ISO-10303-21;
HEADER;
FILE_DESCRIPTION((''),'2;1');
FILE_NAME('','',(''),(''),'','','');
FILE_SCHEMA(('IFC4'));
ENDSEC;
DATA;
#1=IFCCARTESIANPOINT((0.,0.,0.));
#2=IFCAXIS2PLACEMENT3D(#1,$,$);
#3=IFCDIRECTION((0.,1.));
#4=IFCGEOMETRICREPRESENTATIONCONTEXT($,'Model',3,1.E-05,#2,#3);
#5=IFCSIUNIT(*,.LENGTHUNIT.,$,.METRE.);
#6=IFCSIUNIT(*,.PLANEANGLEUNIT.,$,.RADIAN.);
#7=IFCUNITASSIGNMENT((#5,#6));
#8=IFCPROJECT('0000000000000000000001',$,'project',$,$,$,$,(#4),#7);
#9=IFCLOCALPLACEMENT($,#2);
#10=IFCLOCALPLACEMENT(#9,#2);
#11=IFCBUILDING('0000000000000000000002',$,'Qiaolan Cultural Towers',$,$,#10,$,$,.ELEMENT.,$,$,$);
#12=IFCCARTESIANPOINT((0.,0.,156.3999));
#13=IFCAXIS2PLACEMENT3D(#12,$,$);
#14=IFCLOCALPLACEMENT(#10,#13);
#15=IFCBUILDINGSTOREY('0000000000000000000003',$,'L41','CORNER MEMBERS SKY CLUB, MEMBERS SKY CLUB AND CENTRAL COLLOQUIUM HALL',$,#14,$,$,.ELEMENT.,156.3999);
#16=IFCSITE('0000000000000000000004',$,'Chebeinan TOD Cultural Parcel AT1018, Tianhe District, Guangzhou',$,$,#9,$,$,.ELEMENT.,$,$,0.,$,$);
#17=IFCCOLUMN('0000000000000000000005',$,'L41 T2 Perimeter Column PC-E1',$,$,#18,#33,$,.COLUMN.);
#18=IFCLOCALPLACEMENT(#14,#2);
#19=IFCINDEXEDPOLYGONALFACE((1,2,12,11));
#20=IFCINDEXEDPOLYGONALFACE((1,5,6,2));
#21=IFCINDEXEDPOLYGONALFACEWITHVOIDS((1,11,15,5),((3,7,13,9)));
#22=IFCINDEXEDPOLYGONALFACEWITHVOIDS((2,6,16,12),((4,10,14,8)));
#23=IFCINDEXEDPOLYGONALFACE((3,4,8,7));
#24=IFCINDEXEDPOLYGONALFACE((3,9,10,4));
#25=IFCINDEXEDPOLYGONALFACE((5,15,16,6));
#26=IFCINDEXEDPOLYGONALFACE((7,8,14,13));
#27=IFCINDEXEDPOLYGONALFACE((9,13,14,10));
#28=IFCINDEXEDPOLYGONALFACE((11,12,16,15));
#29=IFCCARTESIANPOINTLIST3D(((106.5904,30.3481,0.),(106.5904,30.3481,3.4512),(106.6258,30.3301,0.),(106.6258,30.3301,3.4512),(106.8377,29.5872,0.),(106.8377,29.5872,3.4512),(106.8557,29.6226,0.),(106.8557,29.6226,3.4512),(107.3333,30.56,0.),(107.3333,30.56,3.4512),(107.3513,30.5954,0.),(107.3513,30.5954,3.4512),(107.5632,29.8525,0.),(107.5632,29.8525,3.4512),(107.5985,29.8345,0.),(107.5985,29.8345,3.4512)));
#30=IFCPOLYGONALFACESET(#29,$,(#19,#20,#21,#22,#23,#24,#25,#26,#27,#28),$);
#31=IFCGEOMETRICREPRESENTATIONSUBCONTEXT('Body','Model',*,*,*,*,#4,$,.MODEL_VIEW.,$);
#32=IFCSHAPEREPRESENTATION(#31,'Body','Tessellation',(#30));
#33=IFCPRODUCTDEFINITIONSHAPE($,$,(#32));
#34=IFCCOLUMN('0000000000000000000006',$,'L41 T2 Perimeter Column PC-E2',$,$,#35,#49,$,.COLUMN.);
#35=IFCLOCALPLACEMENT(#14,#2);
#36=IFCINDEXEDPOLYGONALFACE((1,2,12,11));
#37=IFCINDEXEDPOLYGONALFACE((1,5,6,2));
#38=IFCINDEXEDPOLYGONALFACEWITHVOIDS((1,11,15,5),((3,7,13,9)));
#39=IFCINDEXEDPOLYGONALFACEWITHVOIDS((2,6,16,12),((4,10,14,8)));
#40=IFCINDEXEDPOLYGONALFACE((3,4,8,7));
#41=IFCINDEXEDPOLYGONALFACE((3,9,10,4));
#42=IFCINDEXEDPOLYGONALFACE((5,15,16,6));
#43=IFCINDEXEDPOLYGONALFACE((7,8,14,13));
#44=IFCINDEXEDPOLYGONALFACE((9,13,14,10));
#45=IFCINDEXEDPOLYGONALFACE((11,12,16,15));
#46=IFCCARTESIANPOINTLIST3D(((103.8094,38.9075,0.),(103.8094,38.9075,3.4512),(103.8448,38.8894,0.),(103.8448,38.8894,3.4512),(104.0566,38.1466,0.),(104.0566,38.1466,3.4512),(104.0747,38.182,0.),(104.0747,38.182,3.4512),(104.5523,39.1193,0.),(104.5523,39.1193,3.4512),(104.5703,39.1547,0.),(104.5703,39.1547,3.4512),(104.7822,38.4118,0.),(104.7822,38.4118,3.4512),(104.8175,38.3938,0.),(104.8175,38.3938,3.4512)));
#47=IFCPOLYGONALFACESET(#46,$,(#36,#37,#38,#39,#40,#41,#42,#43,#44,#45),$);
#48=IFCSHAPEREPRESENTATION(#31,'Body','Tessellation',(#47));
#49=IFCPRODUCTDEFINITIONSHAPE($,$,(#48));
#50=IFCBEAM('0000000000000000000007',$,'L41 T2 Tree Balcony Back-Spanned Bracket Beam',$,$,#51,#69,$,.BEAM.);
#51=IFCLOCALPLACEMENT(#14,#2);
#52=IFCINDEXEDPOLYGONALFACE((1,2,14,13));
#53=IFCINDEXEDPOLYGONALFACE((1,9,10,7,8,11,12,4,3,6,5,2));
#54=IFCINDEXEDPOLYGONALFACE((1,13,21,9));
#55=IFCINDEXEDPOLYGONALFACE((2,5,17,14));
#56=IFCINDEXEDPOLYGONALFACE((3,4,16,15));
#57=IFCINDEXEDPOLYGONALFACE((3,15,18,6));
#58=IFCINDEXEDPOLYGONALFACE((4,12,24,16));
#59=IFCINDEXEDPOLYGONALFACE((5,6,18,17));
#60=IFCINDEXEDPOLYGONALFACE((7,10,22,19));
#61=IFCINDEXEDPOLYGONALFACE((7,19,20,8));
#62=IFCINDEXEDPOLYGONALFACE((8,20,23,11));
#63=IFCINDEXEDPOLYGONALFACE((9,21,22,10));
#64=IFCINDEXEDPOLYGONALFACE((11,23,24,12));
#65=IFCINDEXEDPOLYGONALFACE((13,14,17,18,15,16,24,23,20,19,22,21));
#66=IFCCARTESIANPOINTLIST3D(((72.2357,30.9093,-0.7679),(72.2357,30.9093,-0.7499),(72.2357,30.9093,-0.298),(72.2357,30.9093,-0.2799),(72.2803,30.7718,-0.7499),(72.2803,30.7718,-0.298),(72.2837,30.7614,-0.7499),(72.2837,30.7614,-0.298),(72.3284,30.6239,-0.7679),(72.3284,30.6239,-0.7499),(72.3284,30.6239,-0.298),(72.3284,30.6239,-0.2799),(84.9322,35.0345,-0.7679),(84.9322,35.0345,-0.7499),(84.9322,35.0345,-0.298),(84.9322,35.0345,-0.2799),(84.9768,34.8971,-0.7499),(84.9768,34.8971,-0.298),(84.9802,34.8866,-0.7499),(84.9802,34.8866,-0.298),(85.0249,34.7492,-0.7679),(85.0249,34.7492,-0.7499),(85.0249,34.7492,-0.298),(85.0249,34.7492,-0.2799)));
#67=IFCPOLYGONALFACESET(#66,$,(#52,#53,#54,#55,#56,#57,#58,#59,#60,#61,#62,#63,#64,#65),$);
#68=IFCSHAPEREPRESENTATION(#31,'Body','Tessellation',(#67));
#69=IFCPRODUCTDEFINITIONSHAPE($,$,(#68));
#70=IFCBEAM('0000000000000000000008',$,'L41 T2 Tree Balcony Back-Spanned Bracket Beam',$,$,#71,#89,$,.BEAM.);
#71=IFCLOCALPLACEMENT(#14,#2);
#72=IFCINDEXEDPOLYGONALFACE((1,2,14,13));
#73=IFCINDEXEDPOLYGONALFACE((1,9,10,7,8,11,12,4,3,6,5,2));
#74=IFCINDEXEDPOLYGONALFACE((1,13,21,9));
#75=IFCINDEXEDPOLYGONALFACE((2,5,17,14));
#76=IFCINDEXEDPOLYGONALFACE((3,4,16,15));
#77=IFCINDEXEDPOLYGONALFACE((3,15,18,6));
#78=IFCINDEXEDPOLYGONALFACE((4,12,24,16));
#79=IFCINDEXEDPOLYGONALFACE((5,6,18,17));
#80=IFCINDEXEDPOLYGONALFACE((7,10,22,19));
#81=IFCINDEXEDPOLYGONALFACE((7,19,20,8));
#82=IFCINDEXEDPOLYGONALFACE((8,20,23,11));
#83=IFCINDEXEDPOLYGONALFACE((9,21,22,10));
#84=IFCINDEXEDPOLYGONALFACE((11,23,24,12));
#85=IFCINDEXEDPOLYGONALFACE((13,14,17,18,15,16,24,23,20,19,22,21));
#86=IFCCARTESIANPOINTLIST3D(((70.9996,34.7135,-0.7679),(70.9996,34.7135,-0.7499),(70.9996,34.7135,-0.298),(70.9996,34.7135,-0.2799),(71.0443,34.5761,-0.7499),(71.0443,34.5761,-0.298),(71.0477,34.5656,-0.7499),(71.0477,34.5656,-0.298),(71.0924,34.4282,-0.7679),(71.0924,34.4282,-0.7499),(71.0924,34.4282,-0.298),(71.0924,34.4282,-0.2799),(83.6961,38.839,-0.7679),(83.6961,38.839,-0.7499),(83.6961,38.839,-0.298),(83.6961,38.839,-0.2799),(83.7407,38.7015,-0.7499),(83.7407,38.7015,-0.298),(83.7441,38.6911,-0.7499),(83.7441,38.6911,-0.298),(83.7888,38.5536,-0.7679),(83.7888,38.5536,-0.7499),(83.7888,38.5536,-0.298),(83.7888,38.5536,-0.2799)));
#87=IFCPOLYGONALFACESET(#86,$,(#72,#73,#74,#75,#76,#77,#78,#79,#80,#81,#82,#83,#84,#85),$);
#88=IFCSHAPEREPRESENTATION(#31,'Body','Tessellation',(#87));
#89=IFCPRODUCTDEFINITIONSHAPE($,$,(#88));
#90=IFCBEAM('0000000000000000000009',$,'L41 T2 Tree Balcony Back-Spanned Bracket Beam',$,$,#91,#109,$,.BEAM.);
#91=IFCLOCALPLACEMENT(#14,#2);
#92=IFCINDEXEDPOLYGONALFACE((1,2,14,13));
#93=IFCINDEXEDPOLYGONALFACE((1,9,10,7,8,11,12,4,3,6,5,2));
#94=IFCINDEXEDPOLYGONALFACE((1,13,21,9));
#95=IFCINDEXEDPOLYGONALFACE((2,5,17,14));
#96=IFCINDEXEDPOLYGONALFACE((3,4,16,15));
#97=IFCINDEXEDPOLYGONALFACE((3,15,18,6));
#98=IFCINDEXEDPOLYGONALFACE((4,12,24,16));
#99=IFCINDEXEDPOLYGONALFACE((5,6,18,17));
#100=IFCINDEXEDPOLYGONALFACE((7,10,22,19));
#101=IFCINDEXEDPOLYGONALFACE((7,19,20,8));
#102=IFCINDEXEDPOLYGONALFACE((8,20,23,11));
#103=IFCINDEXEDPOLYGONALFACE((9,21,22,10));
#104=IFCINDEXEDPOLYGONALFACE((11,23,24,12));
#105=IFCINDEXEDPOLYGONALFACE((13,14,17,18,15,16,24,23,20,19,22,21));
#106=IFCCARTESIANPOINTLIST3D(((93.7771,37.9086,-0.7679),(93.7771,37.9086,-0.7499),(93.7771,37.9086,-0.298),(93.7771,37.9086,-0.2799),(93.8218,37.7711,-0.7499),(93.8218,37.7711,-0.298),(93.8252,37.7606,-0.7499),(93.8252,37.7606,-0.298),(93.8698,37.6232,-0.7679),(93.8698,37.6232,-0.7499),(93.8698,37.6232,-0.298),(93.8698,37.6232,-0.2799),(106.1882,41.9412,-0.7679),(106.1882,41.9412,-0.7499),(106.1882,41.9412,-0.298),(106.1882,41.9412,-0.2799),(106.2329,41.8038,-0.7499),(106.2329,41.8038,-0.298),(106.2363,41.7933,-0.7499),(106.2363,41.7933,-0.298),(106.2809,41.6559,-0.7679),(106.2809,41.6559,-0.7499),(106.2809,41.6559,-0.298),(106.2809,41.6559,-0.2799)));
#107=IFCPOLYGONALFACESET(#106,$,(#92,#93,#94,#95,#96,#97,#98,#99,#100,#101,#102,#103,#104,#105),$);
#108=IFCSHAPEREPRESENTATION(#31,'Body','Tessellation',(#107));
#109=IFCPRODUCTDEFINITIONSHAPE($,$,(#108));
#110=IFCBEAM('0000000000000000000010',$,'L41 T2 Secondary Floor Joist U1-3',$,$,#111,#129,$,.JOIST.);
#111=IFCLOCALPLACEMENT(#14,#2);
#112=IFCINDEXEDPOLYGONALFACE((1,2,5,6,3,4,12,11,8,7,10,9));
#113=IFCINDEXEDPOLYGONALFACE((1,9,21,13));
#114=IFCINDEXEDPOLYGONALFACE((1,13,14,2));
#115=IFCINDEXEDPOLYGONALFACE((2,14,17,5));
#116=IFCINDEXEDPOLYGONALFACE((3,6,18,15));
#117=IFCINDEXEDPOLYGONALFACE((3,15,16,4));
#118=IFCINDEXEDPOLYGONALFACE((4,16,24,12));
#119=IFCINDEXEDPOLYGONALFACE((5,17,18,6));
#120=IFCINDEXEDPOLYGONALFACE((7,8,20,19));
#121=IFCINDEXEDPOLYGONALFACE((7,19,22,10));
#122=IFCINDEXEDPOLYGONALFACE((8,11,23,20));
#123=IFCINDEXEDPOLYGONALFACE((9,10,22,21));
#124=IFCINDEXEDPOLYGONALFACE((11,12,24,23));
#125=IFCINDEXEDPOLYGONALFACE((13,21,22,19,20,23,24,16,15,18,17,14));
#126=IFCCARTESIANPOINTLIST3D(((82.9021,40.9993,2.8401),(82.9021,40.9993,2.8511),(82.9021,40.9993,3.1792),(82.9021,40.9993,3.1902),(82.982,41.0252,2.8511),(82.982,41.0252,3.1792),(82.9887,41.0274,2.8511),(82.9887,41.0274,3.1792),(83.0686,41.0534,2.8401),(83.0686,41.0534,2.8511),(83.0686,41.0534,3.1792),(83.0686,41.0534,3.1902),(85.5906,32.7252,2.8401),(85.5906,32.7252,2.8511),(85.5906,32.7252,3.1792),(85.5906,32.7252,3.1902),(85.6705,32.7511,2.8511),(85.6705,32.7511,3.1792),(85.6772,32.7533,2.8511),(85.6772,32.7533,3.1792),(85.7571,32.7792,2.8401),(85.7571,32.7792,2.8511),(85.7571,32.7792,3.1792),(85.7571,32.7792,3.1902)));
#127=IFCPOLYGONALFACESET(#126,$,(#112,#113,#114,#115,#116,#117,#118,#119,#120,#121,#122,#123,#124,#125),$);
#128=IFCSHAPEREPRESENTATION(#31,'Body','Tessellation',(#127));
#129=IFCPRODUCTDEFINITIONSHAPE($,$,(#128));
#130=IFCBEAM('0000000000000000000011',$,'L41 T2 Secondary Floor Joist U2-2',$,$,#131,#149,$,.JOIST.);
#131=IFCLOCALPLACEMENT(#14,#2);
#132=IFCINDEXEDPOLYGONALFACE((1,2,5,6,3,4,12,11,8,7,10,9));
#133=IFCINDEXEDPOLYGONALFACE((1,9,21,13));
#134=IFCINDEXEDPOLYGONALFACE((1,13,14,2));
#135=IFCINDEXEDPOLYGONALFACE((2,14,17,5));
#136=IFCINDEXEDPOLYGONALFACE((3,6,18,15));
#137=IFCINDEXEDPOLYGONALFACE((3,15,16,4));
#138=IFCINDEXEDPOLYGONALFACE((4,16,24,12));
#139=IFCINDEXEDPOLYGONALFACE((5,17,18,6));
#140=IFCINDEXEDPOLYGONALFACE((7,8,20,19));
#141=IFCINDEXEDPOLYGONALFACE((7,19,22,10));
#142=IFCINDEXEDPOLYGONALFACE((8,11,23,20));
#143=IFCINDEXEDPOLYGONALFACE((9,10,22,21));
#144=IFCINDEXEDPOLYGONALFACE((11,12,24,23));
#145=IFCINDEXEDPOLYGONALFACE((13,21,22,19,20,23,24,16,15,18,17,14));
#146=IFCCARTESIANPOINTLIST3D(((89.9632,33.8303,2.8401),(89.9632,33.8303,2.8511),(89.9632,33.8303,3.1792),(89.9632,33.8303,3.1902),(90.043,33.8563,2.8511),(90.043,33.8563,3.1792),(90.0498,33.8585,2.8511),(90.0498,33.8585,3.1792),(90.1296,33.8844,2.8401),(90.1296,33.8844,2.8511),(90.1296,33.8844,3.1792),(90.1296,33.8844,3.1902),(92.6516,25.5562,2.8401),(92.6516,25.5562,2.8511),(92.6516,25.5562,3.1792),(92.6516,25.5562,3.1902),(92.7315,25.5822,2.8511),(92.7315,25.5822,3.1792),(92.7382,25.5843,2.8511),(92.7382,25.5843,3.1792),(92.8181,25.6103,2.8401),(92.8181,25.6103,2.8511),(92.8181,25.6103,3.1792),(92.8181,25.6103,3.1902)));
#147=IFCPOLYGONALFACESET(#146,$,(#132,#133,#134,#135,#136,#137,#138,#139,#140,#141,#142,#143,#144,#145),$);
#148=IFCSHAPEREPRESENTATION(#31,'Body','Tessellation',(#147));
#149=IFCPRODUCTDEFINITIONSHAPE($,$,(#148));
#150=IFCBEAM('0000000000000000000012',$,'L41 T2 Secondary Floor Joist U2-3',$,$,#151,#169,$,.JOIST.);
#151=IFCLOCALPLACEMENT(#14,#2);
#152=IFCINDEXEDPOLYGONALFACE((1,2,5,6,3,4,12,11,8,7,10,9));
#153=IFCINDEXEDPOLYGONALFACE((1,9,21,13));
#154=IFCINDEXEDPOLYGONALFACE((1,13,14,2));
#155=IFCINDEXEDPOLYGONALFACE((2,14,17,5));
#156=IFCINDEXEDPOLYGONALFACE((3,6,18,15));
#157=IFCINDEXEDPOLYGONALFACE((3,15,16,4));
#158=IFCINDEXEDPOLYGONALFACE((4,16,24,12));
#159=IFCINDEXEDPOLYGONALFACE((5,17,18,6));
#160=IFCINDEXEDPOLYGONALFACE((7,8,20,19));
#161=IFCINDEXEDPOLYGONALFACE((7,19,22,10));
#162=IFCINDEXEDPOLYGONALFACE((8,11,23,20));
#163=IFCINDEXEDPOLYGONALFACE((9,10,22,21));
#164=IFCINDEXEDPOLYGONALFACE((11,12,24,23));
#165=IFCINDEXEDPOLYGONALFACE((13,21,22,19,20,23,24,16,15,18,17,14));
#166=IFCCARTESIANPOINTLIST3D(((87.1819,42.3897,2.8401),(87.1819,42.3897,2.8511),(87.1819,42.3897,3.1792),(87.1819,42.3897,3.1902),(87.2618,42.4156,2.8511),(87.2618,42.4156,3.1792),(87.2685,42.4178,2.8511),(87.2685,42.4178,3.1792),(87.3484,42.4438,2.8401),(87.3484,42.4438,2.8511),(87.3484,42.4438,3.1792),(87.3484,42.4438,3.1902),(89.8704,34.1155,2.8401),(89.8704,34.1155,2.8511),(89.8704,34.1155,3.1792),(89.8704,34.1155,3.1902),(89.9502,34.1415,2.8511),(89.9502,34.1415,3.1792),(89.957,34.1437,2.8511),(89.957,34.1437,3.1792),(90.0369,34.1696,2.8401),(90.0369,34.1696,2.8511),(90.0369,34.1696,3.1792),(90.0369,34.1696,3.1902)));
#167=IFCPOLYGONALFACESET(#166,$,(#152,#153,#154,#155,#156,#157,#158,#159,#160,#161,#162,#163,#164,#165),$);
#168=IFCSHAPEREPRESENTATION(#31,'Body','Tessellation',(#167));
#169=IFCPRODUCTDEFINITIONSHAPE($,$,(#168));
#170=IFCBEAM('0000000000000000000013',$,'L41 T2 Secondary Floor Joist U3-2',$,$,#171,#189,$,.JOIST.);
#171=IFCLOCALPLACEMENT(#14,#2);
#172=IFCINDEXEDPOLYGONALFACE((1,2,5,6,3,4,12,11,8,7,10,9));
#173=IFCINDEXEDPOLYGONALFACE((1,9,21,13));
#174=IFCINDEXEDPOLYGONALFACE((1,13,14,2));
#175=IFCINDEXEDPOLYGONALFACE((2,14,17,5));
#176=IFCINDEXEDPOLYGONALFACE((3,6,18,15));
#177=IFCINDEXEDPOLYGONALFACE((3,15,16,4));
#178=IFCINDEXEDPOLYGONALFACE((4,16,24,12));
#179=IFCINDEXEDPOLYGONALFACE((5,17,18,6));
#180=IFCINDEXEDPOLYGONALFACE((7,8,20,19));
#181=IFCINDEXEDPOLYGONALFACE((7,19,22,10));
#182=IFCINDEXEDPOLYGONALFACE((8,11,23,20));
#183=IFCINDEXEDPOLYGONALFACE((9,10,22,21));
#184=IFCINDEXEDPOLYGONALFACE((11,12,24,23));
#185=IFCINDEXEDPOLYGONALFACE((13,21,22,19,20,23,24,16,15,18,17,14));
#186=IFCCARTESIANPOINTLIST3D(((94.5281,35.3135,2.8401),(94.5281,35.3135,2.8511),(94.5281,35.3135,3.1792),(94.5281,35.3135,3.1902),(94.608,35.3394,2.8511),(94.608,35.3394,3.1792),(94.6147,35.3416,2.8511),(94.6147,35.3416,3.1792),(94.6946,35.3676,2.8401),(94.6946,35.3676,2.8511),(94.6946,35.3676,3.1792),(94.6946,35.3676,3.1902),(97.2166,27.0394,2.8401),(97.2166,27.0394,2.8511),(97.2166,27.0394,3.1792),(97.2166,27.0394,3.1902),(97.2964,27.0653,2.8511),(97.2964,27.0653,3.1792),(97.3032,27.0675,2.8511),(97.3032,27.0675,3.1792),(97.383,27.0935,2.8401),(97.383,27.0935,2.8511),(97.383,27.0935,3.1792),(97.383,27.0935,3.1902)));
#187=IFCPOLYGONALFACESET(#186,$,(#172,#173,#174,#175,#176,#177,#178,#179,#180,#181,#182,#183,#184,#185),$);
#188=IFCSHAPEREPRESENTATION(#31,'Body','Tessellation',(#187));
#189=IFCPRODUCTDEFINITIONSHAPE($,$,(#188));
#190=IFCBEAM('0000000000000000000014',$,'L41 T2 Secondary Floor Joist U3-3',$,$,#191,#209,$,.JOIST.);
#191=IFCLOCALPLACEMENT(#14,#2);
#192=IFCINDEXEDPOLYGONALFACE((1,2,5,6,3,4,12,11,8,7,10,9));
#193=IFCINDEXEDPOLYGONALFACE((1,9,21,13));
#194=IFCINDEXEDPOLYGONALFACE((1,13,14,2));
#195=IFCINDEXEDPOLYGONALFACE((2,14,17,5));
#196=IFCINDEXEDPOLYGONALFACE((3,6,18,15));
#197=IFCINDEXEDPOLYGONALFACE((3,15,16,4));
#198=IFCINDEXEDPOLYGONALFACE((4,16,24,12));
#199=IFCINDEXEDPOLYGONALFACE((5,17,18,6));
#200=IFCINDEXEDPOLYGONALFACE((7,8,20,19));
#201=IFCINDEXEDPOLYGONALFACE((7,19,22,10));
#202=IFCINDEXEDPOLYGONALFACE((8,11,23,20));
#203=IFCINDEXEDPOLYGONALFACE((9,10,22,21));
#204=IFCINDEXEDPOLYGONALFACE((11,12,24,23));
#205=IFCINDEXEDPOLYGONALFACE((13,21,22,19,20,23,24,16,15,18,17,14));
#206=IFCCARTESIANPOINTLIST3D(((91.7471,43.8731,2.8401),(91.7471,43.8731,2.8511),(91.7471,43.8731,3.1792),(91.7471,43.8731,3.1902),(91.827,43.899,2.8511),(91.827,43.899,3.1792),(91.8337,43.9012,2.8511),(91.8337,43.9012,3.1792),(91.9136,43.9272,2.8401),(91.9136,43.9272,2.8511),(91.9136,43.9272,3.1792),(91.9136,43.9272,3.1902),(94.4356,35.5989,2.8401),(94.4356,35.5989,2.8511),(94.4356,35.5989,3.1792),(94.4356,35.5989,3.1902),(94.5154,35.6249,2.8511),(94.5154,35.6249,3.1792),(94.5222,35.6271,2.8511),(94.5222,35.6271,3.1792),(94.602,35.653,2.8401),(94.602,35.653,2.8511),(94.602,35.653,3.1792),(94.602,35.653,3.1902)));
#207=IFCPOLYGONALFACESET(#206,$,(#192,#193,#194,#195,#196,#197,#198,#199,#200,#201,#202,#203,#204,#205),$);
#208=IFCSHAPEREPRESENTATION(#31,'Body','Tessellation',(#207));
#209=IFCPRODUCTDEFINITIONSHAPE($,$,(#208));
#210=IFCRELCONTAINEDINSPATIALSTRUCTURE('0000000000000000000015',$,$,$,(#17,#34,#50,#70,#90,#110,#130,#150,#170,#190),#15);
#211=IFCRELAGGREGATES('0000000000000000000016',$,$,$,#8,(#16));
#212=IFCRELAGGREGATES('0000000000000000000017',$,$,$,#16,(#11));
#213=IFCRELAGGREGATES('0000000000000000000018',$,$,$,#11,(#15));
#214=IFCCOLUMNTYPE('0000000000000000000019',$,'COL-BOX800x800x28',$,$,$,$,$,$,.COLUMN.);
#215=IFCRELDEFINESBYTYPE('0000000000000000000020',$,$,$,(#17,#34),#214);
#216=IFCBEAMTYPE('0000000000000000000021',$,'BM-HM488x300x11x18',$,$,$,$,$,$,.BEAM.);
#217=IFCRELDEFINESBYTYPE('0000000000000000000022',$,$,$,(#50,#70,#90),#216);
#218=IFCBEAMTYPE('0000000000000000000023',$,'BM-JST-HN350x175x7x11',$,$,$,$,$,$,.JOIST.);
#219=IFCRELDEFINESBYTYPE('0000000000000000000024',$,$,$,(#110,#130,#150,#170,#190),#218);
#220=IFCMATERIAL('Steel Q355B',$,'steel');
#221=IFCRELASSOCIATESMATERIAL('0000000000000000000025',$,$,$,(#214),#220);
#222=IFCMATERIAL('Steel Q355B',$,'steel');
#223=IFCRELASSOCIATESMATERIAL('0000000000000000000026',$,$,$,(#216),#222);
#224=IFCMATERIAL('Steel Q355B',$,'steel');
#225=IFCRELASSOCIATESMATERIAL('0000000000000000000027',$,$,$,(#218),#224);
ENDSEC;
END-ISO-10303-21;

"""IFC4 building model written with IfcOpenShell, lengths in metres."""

from ifc_helpers import new_model, si_unit, direction, frame, origin, origin_2d, place, context, subcontext, project, spatial, hollow_rectangle, i_section, extrude, material, material_profile, profile_set, type_object, element, save


model = new_model("IFC4")

# Units and contexts
model_context = context("Model", 3, precision=1e-05, world=origin(), true_north=direction((0.0, 1.0)))
body_context = subcontext(model_context, "Body", "Model", "MODEL_VIEW")
ifc_project = project(units=[si_unit("LENGTHUNIT", "METRE"), si_unit("PLANEANGLEUNIT", "RADIAN")], contexts=[model_context])

# Site, building, storey
site_placement = place(None, origin())
site = spatial("IfcSite", under=ifc_project, at=site_placement, Name="Chebeinan TOD Cultural Parcel AT1018, Tianhe District, Guangzhou", CompositionType="ELEMENT", RefElevation=0.0)
building_placement = place(site_placement, origin())
building = spatial("IfcBuilding", under=site, at=building_placement, Name="Qiaolan Cultural Towers", CompositionType="ELEMENT")
storey_placement = place(building_placement, frame((0.0, 0.0, 156.3999)))
storey = spatial("IfcBuildingStorey", under=building, at=storey_placement, Name="L41", Description="CORNER MEMBERS SKY CLUB, MEMBERS SKY CLUB AND CENTRAL COLLOQUIUM HALL", CompositionType="ELEMENT", Elevation=156.3999)

# Columns
ifc_material_1 = material(Name="Steel Q355B", Category="steel")
ifc_material_profile_1 = material_profile(ifc_material_1, hollow_rectangle(XDim=0.8, YDim=0.8, WallThickness=0.0281, at=origin_2d()), Name="BOX800x800x28")
ifc_profile_set_1 = profile_set([ifc_material_profile_1], Name="Steel Q355B")
column_type = type_object("IfcColumnType", Name="COL-BOX800x800x28", PredefinedType="COLUMN", material=ifc_profile_set_1)
for number, where, z_axis, x_axis, name in (
    (1, (107.0945, 30.0913, 0.0), (0.0, 0.0, 1.0), (0.951057, 0.309017, 0.0), "L41 T2 Perimeter Column PC-E1"),
    (2, (104.3135, 38.6506, 0.0), (0.0, 0.0, 1.0), (0.951057, 0.309017, 0.0), "L41 T2 Perimeter Column PC-E2"),
):
    element("IfcColumn", number, at=place(storey_placement, frame(where, z_axis=z_axis, x_axis=x_axis)), inside=storey, type_object=column_type, Name=name, PredefinedType="COLUMN", context=body_context, shape_type="SweptSolid", body=[
        extrude(hollow_rectangle(XDim=0.8, YDim=0.8, WallThickness=0.0281, at=origin_2d()), origin(), (0.0, 0.0, 1.0), 3.4512),
    ])

# Beams
ifc_material_2 = material(Name="Steel Q355B", Category="steel")
ifc_material_profile_2 = material_profile(ifc_material_2, i_section(OverallWidth=0.3, OverallDepth=0.488, WebThickness=0.011, FlangeThickness=0.0181, at=origin_2d()), Name="HM488x300x11x18")
ifc_profile_set_2 = profile_set([ifc_material_profile_2], Name="Steel Q355B")
beam_type_1 = type_object("IfcBeamType", Name="BM-HM488x300x11x18", PredefinedType="BEAM", material=ifc_profile_set_2)
for number, where, z_axis, x_axis, name in (
    (3, (84.9785, 34.8918, -0.5239), (-0.951059, -0.30901, 0.0), (0.30901, -0.951059, 0.0), "L41 T2 Tree Balcony Back-Spanned Bracket Beam"),
    (4, (83.7424, 38.6963, -0.5239), (-0.951054, -0.309026, 0.0), (0.309026, -0.951054, 0.0), "L41 T2 Tree Balcony Back-Spanned Bracket Beam"),
):
    element("IfcBeam", number, at=place(storey_placement, frame(where, z_axis=z_axis, x_axis=x_axis)), inside=storey, type_object=beam_type_1, Name=name, PredefinedType="BEAM", context=body_context, shape_type="SweptSolid", body=[
        extrude(i_section(OverallWidth=0.3, OverallDepth=0.488, WebThickness=0.011, FlangeThickness=0.0181, at=origin_2d()), origin(), (0.0, 0.0, 1.0), 13.3499),
    ])
beam_1_placement = place(storey_placement, frame((93.8235, 37.7659, -0.5239), z_axis=(0.951054, 0.309023, 0.0), x_axis=(-0.309023, 0.951054, 0.0)))
element("IfcBeam", 5, at=beam_1_placement, inside=storey, type_object=beam_type_1, Name="L41 T2 Tree Balcony Back-Spanned Bracket Beam", PredefinedType="BEAM", context=body_context, shape_type="SweptSolid", body=[
    extrude(i_section(OverallWidth=0.3, OverallDepth=0.488, WebThickness=0.011, FlangeThickness=0.0181, at=origin_2d()), origin(), (0.0, 0.0, 1.0), 13.0498),
])
ifc_material_3 = material(Name="Steel Q355B", Category="steel")
ifc_material_profile_3 = material_profile(ifc_material_3, i_section(OverallWidth=0.175, OverallDepth=0.3501, WebThickness=0.0071, FlangeThickness=0.011, at=origin_2d()), Name="HN350x175x7x11")
ifc_profile_set_3 = profile_set([ifc_material_profile_3], Name="Steel Q355B")
beam_type_2 = type_object("IfcBeamType", Name="BM-JST-HN350x175x7x11", PredefinedType="JOIST", material=ifc_profile_set_3)
for number, where, z_axis, x_axis, name in (
    (6, (85.6738, 32.7522, 3.0151), (-0.309021, 0.951055, 0.0), (-0.951055, -0.309021, 0.0), "L41 T2 Secondary Floor Joist U1-3"),
    (7, (92.7349, 25.5833, 3.0151), (-0.309021, 0.951055, 0.0), (-0.951055, -0.309021, 0.0), "L41 T2 Secondary Floor Joist U2-2"),
    (8, (89.9536, 34.1426, 3.0151), (-0.309021, 0.951055, 0.0), (-0.951055, -0.309021, 0.0), "L41 T2 Secondary Floor Joist U2-3"),
    (9, (97.2998, 27.0664, 3.0151), (-0.309021, 0.951055, 0.0), (-0.951055, -0.309021, 0.0), "L41 T2 Secondary Floor Joist U3-2"),
    (10, (94.5188, 35.626, 3.0151), (-0.309021, 0.951055, 0.0), (-0.951055, -0.309021, 0.0), "L41 T2 Secondary Floor Joist U3-3"),
):
    element("IfcBeam", number, at=place(storey_placement, frame(where, z_axis=z_axis, x_axis=x_axis)), inside=storey, type_object=beam_type_2, Name=name, PredefinedType="JOIST", context=body_context, shape_type="SweptSolid", body=[
        extrude(i_section(OverallWidth=0.175, OverallDepth=0.3501, WebThickness=0.0071, FlangeThickness=0.011, at=origin_2d()), origin(), (0.0, 0.0, 1.0), 8.7),
    ])

save(model, "model.ifc")
